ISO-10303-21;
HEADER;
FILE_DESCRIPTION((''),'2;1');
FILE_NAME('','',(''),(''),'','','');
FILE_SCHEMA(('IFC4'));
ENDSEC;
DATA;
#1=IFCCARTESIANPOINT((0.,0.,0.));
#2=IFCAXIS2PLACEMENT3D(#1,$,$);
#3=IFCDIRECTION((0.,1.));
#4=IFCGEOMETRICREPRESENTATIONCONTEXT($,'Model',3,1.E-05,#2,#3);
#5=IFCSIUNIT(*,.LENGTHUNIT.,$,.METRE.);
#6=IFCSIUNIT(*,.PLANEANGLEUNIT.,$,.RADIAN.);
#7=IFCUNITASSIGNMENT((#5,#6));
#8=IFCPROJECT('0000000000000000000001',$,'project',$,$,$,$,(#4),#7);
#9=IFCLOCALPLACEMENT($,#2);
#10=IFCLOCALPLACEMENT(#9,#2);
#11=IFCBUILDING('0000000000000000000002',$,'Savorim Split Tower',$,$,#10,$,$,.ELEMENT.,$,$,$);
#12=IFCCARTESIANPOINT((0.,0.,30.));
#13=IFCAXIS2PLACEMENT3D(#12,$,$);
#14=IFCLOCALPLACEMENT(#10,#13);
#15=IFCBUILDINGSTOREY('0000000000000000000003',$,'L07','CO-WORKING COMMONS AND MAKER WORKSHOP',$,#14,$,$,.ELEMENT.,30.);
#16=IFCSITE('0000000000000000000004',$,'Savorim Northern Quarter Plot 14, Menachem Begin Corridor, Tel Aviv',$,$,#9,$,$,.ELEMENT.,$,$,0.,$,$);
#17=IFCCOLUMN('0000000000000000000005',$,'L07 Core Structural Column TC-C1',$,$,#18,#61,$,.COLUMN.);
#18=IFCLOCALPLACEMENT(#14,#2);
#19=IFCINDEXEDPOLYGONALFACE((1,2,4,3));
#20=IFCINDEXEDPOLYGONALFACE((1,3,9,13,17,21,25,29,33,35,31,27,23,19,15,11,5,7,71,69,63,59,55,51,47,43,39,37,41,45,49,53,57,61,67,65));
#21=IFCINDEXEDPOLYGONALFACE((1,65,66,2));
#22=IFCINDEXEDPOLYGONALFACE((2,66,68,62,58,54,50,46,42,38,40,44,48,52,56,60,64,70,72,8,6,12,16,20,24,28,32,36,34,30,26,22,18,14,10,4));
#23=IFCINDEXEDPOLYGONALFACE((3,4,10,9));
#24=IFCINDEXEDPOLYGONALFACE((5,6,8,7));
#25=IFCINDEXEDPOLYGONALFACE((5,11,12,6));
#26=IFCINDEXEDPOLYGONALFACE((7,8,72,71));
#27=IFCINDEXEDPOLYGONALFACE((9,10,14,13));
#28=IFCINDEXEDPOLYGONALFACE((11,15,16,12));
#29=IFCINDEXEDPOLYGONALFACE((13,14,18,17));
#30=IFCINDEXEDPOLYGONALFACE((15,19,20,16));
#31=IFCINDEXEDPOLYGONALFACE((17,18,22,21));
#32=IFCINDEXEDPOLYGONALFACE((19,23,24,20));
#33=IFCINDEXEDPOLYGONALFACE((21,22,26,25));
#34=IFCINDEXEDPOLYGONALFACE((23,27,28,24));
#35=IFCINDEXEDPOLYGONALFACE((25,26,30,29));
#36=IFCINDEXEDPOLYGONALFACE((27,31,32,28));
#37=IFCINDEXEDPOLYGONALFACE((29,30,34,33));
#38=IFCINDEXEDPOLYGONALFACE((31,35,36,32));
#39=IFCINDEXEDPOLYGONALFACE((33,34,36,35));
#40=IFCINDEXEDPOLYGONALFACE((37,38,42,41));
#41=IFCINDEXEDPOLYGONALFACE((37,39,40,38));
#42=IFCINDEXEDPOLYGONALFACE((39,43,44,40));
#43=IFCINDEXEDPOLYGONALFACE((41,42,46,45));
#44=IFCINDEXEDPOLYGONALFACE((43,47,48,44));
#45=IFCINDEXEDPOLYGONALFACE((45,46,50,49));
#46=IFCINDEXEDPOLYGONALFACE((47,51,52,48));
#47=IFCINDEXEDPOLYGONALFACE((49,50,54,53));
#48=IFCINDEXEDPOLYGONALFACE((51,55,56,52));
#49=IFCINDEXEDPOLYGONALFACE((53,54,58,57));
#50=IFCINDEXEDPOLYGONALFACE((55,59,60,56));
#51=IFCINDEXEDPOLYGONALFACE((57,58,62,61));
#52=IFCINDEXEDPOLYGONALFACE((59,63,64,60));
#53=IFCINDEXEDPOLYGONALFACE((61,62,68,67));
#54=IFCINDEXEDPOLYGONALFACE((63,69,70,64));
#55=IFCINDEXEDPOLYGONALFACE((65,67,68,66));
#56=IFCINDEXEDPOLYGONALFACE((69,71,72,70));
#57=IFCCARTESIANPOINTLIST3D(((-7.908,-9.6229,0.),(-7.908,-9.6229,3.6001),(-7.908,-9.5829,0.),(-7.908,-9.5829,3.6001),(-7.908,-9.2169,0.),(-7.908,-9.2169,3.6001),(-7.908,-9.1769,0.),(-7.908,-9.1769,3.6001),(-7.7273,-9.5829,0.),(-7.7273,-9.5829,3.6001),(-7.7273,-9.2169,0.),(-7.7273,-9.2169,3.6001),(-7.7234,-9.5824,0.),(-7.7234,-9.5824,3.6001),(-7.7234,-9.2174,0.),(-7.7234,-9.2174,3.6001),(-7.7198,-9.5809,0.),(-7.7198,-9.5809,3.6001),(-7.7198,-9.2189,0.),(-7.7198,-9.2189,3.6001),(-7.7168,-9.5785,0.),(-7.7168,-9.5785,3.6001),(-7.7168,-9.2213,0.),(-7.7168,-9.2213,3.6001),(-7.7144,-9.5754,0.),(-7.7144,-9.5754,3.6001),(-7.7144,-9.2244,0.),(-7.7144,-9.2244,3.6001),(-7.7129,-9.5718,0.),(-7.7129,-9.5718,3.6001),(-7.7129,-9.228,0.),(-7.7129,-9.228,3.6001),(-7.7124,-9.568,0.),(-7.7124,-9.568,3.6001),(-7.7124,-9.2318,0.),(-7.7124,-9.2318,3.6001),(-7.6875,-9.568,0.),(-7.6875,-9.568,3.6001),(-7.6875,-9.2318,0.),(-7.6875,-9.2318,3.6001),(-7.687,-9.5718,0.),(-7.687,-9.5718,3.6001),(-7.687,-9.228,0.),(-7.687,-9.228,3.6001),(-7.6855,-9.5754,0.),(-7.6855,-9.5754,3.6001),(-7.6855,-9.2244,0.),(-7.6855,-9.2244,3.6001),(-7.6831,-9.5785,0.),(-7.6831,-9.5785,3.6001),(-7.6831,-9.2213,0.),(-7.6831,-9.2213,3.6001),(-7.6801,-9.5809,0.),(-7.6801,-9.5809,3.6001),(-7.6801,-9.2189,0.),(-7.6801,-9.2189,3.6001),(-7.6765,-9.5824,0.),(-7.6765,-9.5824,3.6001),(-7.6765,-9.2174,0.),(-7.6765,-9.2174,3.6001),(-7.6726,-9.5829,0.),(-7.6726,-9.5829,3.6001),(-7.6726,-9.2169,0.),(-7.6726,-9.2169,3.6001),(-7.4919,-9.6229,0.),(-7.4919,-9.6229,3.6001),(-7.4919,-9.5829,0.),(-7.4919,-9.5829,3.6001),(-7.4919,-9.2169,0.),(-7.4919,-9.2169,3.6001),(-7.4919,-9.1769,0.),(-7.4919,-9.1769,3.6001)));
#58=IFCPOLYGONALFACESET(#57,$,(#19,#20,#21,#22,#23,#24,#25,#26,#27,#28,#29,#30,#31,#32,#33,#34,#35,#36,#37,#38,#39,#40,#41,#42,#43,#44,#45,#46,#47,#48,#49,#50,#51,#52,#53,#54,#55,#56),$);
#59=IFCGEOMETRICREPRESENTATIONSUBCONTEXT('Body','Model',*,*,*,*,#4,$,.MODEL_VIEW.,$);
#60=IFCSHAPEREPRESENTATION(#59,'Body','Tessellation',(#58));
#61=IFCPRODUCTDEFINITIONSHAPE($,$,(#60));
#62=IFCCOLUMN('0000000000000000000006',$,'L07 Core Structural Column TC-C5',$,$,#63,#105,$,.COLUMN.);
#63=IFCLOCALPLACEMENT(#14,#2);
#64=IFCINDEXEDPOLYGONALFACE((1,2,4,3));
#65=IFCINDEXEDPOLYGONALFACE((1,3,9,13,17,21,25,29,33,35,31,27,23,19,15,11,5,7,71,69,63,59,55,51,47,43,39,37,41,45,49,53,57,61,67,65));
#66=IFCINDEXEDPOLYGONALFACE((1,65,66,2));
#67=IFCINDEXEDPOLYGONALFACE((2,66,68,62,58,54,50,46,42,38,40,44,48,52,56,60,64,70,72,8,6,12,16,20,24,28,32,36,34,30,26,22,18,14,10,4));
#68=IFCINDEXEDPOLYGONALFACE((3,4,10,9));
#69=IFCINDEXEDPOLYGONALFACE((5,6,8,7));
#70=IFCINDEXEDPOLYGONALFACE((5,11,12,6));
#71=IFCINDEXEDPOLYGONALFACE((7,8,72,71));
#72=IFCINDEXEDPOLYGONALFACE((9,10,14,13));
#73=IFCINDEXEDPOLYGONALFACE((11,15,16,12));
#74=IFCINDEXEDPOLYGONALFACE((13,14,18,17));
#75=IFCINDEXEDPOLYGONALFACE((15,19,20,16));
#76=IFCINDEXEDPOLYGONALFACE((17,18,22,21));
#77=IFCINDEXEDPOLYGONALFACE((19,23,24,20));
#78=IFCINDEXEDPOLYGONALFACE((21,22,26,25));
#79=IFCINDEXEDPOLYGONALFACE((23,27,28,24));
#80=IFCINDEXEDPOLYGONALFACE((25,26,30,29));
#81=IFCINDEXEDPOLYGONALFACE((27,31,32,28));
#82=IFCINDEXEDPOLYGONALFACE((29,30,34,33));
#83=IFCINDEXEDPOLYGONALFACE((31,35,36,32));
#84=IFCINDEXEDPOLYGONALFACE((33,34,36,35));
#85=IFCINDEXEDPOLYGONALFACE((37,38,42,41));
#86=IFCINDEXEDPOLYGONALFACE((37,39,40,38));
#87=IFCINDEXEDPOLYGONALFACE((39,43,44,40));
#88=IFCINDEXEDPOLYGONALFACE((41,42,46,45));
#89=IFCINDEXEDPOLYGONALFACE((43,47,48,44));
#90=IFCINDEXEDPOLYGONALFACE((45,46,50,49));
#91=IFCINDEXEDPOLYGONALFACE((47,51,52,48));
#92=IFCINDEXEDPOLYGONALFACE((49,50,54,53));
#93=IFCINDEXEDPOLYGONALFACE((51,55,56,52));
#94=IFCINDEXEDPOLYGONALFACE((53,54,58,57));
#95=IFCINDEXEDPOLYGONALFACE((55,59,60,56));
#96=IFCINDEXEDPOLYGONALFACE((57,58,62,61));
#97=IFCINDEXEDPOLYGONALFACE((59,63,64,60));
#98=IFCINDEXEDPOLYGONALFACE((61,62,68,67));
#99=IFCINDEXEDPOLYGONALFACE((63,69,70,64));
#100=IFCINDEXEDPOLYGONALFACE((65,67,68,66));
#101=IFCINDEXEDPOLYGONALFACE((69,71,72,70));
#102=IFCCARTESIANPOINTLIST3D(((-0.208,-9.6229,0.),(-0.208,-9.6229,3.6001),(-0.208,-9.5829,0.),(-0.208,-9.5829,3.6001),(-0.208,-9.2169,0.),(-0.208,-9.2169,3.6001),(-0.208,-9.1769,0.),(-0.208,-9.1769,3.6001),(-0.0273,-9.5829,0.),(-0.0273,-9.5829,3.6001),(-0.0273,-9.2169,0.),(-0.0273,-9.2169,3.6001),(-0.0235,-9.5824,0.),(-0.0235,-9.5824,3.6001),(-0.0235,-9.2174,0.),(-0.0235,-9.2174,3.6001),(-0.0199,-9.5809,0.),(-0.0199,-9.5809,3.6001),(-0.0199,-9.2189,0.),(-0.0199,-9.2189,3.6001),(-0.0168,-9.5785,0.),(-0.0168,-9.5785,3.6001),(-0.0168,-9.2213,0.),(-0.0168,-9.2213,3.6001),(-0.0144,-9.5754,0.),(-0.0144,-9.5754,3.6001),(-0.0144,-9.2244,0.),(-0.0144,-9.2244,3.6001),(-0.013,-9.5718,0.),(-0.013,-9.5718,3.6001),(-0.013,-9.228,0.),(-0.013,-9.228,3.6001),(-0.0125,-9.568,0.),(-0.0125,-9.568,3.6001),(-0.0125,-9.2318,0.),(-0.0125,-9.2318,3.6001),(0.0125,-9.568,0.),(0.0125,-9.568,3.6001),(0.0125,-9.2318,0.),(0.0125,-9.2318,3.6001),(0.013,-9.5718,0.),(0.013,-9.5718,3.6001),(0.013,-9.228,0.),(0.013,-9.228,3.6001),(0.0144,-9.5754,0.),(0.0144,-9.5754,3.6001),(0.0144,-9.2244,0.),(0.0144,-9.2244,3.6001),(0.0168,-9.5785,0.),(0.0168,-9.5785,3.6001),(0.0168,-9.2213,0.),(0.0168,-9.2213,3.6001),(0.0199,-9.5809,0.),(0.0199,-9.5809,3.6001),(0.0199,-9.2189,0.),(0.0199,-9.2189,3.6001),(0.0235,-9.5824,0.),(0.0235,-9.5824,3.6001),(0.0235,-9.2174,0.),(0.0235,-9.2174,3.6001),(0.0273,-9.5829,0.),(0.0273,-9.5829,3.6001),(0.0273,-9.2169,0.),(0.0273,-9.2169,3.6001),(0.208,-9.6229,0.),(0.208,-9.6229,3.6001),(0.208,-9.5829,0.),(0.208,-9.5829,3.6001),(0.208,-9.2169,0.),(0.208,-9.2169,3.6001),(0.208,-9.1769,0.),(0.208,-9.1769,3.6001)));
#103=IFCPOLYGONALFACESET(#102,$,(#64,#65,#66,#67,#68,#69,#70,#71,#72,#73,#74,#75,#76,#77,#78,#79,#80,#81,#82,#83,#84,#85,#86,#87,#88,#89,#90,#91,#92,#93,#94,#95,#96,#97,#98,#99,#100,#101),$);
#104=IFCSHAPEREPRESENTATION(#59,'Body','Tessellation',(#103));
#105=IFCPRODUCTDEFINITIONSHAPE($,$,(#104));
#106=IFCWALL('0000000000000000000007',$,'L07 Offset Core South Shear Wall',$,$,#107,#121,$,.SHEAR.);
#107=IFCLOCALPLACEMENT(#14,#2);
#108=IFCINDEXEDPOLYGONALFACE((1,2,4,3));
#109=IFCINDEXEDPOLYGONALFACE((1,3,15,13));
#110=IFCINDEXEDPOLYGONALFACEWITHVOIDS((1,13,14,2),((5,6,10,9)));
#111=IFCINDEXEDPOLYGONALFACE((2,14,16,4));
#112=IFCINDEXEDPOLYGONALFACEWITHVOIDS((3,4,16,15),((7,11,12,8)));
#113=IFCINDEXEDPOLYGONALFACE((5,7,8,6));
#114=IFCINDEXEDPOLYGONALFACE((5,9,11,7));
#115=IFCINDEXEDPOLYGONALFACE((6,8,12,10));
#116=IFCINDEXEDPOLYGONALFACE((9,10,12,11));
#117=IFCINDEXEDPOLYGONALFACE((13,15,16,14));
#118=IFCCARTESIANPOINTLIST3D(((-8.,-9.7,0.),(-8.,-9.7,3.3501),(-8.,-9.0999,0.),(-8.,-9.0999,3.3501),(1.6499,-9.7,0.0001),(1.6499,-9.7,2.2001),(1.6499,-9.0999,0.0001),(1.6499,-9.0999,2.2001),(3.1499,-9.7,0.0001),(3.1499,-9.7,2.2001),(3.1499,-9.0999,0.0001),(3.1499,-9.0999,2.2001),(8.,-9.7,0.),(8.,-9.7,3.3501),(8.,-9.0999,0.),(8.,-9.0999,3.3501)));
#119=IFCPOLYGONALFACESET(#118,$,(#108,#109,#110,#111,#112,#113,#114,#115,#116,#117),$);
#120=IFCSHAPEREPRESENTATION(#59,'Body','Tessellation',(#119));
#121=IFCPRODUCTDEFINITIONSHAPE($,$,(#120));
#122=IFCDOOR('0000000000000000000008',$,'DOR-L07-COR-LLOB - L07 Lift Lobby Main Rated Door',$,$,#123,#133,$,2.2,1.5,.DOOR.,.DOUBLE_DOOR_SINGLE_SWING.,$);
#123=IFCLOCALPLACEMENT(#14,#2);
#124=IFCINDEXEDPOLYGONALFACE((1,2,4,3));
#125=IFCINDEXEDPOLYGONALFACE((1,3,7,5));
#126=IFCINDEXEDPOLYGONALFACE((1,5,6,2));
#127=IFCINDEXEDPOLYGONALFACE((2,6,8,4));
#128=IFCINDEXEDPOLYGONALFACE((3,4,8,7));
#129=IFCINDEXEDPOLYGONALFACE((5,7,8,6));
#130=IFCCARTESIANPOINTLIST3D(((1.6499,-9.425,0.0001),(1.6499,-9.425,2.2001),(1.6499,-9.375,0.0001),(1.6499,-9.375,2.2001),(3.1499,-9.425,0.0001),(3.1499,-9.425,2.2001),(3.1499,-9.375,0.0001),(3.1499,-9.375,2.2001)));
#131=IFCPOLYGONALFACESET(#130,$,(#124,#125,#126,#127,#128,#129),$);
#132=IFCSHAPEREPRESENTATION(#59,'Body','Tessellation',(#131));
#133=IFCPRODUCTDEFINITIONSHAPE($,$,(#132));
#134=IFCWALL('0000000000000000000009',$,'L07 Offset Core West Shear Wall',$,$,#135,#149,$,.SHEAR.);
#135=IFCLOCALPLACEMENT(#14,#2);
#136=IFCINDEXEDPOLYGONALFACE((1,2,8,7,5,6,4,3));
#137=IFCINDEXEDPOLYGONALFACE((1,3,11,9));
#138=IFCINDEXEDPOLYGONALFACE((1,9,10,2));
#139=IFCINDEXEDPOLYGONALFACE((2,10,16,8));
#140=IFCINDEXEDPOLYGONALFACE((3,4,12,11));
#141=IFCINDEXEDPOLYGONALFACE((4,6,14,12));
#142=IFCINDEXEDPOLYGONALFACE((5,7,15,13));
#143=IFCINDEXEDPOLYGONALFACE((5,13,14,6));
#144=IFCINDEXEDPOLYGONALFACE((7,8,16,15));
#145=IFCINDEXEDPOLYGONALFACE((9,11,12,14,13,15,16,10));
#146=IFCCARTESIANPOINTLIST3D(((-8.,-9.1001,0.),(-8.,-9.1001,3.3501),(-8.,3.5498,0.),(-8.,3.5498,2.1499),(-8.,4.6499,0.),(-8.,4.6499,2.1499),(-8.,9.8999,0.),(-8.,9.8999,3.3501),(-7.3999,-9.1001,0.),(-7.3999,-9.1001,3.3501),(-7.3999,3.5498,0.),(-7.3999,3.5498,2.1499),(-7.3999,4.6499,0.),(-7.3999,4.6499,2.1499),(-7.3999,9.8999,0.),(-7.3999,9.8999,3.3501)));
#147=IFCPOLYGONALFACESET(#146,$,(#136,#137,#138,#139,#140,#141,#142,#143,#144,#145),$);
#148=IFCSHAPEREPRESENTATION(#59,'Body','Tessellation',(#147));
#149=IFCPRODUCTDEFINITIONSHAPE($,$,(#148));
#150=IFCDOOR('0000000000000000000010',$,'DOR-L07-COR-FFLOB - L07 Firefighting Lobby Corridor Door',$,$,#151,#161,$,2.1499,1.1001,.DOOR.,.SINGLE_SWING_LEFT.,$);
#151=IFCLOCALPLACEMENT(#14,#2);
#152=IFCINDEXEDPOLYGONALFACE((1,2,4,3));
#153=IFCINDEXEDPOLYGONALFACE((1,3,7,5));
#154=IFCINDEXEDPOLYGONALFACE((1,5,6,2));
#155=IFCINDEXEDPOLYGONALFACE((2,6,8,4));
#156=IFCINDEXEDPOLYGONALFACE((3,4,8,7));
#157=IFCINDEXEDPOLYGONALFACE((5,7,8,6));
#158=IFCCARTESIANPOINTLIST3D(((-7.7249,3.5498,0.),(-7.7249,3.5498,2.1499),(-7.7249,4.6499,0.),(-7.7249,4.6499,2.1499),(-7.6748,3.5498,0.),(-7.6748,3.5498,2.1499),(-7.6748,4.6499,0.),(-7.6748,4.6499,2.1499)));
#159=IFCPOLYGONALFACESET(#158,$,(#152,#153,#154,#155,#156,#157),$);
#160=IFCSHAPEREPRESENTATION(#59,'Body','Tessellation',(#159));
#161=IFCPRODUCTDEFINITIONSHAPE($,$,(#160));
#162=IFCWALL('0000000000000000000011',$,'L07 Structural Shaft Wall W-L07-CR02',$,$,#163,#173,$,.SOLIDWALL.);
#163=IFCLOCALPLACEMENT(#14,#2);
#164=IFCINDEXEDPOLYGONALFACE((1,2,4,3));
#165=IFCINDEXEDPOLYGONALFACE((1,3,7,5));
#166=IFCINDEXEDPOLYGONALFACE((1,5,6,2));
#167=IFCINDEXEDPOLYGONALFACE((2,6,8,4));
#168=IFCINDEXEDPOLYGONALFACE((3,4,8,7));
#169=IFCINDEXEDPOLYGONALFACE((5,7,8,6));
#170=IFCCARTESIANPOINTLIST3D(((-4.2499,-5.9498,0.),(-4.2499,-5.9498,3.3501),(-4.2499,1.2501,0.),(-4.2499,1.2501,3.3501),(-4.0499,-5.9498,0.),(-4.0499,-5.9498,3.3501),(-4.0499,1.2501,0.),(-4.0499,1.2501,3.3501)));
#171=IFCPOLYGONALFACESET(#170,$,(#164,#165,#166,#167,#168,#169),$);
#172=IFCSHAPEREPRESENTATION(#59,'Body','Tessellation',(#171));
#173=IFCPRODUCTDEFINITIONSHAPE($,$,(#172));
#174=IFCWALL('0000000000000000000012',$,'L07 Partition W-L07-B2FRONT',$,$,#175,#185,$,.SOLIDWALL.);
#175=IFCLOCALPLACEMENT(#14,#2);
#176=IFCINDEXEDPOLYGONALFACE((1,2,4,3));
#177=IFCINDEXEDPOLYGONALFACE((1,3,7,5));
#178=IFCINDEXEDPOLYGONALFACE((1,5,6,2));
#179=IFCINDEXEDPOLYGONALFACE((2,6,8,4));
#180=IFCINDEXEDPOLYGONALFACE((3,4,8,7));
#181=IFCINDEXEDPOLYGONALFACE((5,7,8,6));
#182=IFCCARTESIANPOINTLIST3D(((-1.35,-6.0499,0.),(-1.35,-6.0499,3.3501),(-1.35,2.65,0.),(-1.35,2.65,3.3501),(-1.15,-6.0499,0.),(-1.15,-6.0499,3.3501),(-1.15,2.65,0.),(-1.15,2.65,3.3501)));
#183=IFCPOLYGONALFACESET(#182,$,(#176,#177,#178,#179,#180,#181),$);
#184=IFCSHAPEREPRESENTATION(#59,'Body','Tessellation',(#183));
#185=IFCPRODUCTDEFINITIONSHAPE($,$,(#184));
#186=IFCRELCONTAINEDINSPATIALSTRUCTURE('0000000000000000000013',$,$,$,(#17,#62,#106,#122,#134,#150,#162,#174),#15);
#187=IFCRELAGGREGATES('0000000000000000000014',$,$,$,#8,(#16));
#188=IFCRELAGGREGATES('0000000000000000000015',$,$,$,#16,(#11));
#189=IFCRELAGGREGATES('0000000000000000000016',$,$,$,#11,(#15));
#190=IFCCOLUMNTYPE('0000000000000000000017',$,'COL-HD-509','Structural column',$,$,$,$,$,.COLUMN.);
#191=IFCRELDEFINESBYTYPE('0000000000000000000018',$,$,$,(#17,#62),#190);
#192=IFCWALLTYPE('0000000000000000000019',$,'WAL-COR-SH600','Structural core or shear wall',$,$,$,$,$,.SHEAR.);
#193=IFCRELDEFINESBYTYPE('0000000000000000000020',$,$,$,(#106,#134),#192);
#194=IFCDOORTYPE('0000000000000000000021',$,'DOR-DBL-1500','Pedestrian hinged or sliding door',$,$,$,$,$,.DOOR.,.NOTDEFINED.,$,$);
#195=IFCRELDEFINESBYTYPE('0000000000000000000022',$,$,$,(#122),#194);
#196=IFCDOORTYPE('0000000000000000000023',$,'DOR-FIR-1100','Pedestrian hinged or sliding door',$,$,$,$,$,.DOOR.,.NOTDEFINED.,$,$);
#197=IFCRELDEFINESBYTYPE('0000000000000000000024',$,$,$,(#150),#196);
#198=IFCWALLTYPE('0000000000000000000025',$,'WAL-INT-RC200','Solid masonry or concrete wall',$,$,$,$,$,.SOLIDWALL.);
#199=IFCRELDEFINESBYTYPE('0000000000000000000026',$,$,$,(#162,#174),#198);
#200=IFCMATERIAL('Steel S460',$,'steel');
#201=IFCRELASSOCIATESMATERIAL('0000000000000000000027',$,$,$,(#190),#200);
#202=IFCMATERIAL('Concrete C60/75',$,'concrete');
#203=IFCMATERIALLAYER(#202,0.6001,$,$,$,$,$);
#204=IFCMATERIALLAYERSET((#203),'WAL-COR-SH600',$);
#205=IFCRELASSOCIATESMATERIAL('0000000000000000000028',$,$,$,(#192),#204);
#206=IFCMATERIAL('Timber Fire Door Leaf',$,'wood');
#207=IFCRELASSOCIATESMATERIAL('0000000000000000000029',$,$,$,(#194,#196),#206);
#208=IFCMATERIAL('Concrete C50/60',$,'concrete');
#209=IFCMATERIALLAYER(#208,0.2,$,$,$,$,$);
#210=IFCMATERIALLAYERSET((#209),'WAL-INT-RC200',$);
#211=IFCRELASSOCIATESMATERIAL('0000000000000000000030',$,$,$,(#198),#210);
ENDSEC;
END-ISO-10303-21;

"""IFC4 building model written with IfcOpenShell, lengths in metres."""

from ifc_helpers import new_model, si_unit, direction, frame, frame_2d, origin, origin_2d, place, context, subcontext, project, spatial, rectangle, i_section, extrude, material, layer, layer_set, material_profile, profile_set, type_object, element, fill, save


model = new_model("IFC4")

# Units and contexts
model_context = context("Model", 3, precision=1e-05, world=origin(), true_north=direction((0.0, 1.0)))
body_context = subcontext(model_context, "Body", "Model", "MODEL_VIEW")
ifc_project = project(units=[si_unit("LENGTHUNIT", "METRE"), si_unit("PLANEANGLEUNIT", "RADIAN")], contexts=[model_context])

# Site, building, storey
site_placement = place(None, origin())
site = spatial("IfcSite", under=ifc_project, at=site_placement, Name="Savorim Northern Quarter Plot 14, Menachem Begin Corridor, Tel Aviv", CompositionType="ELEMENT", RefElevation=0.0)
building_placement = place(site_placement, origin())
building = spatial("IfcBuilding", under=site, at=building_placement, Name="Savorim Split Tower", CompositionType="ELEMENT")
storey_placement = place(building_placement, frame((0.0, 0.0, 30.0)))
storey = spatial("IfcBuildingStorey", under=building, at=storey_placement, Name="L07", Description="CO-WORKING COMMONS AND MAKER WORKSHOP", CompositionType="ELEMENT", Elevation=30.0)

# Columns
ifc_material_1 = material(Name="Steel S460", Category="steel")
ifc_material_profile = material_profile(ifc_material_1, i_section(OverallWidth=0.416, OverallDepth=0.446, WebThickness=0.0249, FlangeThickness=0.04, FilletRadius=0.0149, at=origin_2d()), Name="HD 400x509")
ifc_profile_set = profile_set([ifc_material_profile], Name="Steel S460")
column_type = type_object("IfcColumnType", Name="COL-HD-509", Description="Structural column", PredefinedType="COLUMN", material=ifc_profile_set)
for number, where, z_axis, x_axis, name in (
    (1, (-7.7, -9.3999, 0.0), (0.0, 0.0, 1.0), (1.0, 0.0, 0.0), "L07 Core Structural Column TC-C1"),
    (2, (0.0, -9.3999, 0.0), (0.0, 0.0, 1.0), (1.0, 0.0, 0.0), "L07 Core Structural Column TC-C5"),
):
    element("IfcColumn", number, at=place(storey_placement, frame(where, z_axis=z_axis, x_axis=x_axis)), inside=storey, type_object=column_type, Name=name, PredefinedType="COLUMN", context=body_context, shape_type="SweptSolid", body=[
        extrude(i_section(OverallWidth=0.416, OverallDepth=0.446, WebThickness=0.0249, FlangeThickness=0.04, FilletRadius=0.0149, at=origin_2d()), origin(), (0.0, 0.0, 1.0), 3.6001),
    ])

# Walls, openings, doors
ifc_material_2 = material(Name="Concrete C60/75", Category="concrete")
ifc_layer_1 = layer(ifc_material_2, 0.6001)
ifc_layer_set_1 = layer_set([ifc_layer_1], Name="WAL-COR-SH600")
wall_type_1 = type_object("IfcWallType", Name="WAL-COR-SH600", Description="Structural core or shear wall", PredefinedType="SHEAR", material=ifc_layer_set_1)
wall_1_placement = place(storey_placement, frame((-8.0, -9.3999, 0.0), z_axis=(0.0, 0.0, 1.0), x_axis=(1.0, 0.0, 0.0)))
wall_1 = element("IfcWall", 3, at=wall_1_placement, inside=storey, type_object=wall_type_1, Name="L07 Offset Core South Shear Wall", PredefinedType="SHEAR", context=body_context, shape_type="SweptSolid", body=[
    extrude(rectangle(XDim=16.0, YDim=0.6001, at=frame_2d((8.0, 0.0))), origin(), (0.0, 0.0, 1.0), 3.3501),
])
opening_1_placement = place(wall_1_placement, frame((9.6499, 0.0, 0.0)))
opening_1 = element("IfcOpeningElement", 4, at=opening_1_placement, cuts=wall_1, PredefinedType="OPENING", context=body_context, shape_type="SweptSolid", body=[
    extrude(rectangle(XDim=1.5, YDim=2.2, at=frame_2d((0.75, 1.1001))), frame((0.0, 0.3101, 0.0), z_axis=(0.0, -1.0, 0.0), x_axis=(1.0, 0.0, 0.0)), (0.0, 0.0, 1.0), 0.6201),
])
ifc_material_3 = material(Name="Timber Fire Door Leaf", Category="wood")
door_type_1 = type_object("IfcDoorType", Name="DOR-DBL-1500", Description="Pedestrian hinged or sliding door", OperationType="NOTDEFINED", PredefinedType="DOOR", material=ifc_material_3)
door_1_placement = place(opening_1_placement, origin())
door_1 = element("IfcDoor", 5, at=door_1_placement, inside=storey, type_object=door_type_1, Name="DOR-L07-COR-LLOB - L07 Lift Lobby Main Rated Door", OperationType="DOUBLE_DOOR_SINGLE_SWING", OverallHeight=2.2, OverallWidth=1.5, PredefinedType="DOOR", context=body_context, shape_type="SweptSolid", body=[
    extrude(rectangle(XDim=1.5, YDim=2.2, at=frame_2d((0.75, 1.1001))), frame((0.0, 0.0249, 0.0), z_axis=(0.0, -1.0, 0.0), x_axis=(1.0, 0.0, 0.0)), (0.0, 0.0, 1.0), 0.05),
])
fill(opening_1, door_1)
wall_2_placement = place(storey_placement, frame((-7.7, -9.1001, 0.0), z_axis=(0.0, 0.0, 1.0), x_axis=(0.0, 1.0, 0.0)))
wall_2 = element("IfcWall", 6, at=wall_2_placement, inside=storey, type_object=wall_type_1, Name="L07 Offset Core West Shear Wall", PredefinedType="SHEAR", context=body_context, shape_type="SweptSolid", body=[
    extrude(rectangle(XDim=19.0, YDim=0.6001, at=frame_2d((9.5, 0.0))), origin(), (0.0, 0.0, 1.0), 3.3501),
])
opening_2_placement = place(wall_2_placement, frame((12.6499, 0.0, 0.0)))
opening_2 = element("IfcOpeningElement", 7, at=opening_2_placement, cuts=wall_2, PredefinedType="OPENING", context=body_context, shape_type="SweptSolid", body=[
    extrude(rectangle(XDim=1.1001, YDim=2.1499, at=frame_2d((0.55, 1.075))), frame((0.0, 0.3101, 0.0), z_axis=(0.0, -1.0, 0.0), x_axis=(1.0, 0.0, 0.0)), (0.0, 0.0, 1.0), 0.6201),
])
door_type_2 = type_object("IfcDoorType", Name="DOR-FIR-1100", Description="Pedestrian hinged or sliding door", OperationType="NOTDEFINED", PredefinedType="DOOR", material=ifc_material_3)
door_2_placement = place(opening_2_placement, origin())
door_2 = element("IfcDoor", 8, at=door_2_placement, inside=storey, type_object=door_type_2, Name="DOR-L07-COR-FFLOB - L07 Firefighting Lobby Corridor Door", OperationType="SINGLE_SWING_LEFT", OverallHeight=2.1499, OverallWidth=1.1001, PredefinedType="DOOR", context=body_context, shape_type="SweptSolid", body=[
    extrude(rectangle(XDim=1.1001, YDim=2.1499, at=frame_2d((0.55, 1.075))), frame((0.0, 0.0249, 0.0), z_axis=(0.0, -1.0, 0.0), x_axis=(1.0, 0.0, 0.0)), (0.0, 0.0, 1.0), 0.05),
])
fill(opening_2, door_2)

# Walls
ifc_material_4 = material(Name="Concrete C50/60", Category="concrete")
ifc_layer_2 = layer(ifc_material_4, 0.2)
ifc_layer_set_2 = layer_set([ifc_layer_2], Name="WAL-INT-RC200")
wall_type_2 = type_object("IfcWallType", Name="WAL-INT-RC200", Description="Solid masonry or concrete wall", PredefinedType="SOLIDWALL", material=ifc_layer_set_2)
wall_3_placement = place(storey_placement, frame((-4.1499, -5.95, 0.0), z_axis=(0.0, 0.0, 1.0), x_axis=(0.0, 1.0, 0.0)))
element("IfcWall", 9, at=wall_3_placement, inside=storey, type_object=wall_type_2, Name="L07 Structural Shaft Wall W-L07-CR02", PredefinedType="SOLIDWALL", context=body_context, shape_type="SweptSolid", body=[
    extrude(rectangle(XDim=7.2, YDim=0.2, at=frame_2d((3.6001, 0.0))), origin(), (0.0, 0.0, 1.0), 3.3501),
])
wall_4_placement = place(storey_placement, frame((-1.25, -6.05, 0.0), z_axis=(0.0, 0.0, 1.0), x_axis=(0.0, 1.0, 0.0)))
element("IfcWall", 10, at=wall_4_placement, inside=storey, type_object=wall_type_2, Name="L07 Partition W-L07-B2FRONT", PredefinedType="SOLIDWALL", context=body_context, shape_type="SweptSolid", body=[
    extrude(rectangle(XDim=8.7, YDim=0.2, at=frame_2d((4.3501, 0.0))), origin(), (0.0, 0.0, 1.0), 3.3501),
])

save(model, "model.ifc")
